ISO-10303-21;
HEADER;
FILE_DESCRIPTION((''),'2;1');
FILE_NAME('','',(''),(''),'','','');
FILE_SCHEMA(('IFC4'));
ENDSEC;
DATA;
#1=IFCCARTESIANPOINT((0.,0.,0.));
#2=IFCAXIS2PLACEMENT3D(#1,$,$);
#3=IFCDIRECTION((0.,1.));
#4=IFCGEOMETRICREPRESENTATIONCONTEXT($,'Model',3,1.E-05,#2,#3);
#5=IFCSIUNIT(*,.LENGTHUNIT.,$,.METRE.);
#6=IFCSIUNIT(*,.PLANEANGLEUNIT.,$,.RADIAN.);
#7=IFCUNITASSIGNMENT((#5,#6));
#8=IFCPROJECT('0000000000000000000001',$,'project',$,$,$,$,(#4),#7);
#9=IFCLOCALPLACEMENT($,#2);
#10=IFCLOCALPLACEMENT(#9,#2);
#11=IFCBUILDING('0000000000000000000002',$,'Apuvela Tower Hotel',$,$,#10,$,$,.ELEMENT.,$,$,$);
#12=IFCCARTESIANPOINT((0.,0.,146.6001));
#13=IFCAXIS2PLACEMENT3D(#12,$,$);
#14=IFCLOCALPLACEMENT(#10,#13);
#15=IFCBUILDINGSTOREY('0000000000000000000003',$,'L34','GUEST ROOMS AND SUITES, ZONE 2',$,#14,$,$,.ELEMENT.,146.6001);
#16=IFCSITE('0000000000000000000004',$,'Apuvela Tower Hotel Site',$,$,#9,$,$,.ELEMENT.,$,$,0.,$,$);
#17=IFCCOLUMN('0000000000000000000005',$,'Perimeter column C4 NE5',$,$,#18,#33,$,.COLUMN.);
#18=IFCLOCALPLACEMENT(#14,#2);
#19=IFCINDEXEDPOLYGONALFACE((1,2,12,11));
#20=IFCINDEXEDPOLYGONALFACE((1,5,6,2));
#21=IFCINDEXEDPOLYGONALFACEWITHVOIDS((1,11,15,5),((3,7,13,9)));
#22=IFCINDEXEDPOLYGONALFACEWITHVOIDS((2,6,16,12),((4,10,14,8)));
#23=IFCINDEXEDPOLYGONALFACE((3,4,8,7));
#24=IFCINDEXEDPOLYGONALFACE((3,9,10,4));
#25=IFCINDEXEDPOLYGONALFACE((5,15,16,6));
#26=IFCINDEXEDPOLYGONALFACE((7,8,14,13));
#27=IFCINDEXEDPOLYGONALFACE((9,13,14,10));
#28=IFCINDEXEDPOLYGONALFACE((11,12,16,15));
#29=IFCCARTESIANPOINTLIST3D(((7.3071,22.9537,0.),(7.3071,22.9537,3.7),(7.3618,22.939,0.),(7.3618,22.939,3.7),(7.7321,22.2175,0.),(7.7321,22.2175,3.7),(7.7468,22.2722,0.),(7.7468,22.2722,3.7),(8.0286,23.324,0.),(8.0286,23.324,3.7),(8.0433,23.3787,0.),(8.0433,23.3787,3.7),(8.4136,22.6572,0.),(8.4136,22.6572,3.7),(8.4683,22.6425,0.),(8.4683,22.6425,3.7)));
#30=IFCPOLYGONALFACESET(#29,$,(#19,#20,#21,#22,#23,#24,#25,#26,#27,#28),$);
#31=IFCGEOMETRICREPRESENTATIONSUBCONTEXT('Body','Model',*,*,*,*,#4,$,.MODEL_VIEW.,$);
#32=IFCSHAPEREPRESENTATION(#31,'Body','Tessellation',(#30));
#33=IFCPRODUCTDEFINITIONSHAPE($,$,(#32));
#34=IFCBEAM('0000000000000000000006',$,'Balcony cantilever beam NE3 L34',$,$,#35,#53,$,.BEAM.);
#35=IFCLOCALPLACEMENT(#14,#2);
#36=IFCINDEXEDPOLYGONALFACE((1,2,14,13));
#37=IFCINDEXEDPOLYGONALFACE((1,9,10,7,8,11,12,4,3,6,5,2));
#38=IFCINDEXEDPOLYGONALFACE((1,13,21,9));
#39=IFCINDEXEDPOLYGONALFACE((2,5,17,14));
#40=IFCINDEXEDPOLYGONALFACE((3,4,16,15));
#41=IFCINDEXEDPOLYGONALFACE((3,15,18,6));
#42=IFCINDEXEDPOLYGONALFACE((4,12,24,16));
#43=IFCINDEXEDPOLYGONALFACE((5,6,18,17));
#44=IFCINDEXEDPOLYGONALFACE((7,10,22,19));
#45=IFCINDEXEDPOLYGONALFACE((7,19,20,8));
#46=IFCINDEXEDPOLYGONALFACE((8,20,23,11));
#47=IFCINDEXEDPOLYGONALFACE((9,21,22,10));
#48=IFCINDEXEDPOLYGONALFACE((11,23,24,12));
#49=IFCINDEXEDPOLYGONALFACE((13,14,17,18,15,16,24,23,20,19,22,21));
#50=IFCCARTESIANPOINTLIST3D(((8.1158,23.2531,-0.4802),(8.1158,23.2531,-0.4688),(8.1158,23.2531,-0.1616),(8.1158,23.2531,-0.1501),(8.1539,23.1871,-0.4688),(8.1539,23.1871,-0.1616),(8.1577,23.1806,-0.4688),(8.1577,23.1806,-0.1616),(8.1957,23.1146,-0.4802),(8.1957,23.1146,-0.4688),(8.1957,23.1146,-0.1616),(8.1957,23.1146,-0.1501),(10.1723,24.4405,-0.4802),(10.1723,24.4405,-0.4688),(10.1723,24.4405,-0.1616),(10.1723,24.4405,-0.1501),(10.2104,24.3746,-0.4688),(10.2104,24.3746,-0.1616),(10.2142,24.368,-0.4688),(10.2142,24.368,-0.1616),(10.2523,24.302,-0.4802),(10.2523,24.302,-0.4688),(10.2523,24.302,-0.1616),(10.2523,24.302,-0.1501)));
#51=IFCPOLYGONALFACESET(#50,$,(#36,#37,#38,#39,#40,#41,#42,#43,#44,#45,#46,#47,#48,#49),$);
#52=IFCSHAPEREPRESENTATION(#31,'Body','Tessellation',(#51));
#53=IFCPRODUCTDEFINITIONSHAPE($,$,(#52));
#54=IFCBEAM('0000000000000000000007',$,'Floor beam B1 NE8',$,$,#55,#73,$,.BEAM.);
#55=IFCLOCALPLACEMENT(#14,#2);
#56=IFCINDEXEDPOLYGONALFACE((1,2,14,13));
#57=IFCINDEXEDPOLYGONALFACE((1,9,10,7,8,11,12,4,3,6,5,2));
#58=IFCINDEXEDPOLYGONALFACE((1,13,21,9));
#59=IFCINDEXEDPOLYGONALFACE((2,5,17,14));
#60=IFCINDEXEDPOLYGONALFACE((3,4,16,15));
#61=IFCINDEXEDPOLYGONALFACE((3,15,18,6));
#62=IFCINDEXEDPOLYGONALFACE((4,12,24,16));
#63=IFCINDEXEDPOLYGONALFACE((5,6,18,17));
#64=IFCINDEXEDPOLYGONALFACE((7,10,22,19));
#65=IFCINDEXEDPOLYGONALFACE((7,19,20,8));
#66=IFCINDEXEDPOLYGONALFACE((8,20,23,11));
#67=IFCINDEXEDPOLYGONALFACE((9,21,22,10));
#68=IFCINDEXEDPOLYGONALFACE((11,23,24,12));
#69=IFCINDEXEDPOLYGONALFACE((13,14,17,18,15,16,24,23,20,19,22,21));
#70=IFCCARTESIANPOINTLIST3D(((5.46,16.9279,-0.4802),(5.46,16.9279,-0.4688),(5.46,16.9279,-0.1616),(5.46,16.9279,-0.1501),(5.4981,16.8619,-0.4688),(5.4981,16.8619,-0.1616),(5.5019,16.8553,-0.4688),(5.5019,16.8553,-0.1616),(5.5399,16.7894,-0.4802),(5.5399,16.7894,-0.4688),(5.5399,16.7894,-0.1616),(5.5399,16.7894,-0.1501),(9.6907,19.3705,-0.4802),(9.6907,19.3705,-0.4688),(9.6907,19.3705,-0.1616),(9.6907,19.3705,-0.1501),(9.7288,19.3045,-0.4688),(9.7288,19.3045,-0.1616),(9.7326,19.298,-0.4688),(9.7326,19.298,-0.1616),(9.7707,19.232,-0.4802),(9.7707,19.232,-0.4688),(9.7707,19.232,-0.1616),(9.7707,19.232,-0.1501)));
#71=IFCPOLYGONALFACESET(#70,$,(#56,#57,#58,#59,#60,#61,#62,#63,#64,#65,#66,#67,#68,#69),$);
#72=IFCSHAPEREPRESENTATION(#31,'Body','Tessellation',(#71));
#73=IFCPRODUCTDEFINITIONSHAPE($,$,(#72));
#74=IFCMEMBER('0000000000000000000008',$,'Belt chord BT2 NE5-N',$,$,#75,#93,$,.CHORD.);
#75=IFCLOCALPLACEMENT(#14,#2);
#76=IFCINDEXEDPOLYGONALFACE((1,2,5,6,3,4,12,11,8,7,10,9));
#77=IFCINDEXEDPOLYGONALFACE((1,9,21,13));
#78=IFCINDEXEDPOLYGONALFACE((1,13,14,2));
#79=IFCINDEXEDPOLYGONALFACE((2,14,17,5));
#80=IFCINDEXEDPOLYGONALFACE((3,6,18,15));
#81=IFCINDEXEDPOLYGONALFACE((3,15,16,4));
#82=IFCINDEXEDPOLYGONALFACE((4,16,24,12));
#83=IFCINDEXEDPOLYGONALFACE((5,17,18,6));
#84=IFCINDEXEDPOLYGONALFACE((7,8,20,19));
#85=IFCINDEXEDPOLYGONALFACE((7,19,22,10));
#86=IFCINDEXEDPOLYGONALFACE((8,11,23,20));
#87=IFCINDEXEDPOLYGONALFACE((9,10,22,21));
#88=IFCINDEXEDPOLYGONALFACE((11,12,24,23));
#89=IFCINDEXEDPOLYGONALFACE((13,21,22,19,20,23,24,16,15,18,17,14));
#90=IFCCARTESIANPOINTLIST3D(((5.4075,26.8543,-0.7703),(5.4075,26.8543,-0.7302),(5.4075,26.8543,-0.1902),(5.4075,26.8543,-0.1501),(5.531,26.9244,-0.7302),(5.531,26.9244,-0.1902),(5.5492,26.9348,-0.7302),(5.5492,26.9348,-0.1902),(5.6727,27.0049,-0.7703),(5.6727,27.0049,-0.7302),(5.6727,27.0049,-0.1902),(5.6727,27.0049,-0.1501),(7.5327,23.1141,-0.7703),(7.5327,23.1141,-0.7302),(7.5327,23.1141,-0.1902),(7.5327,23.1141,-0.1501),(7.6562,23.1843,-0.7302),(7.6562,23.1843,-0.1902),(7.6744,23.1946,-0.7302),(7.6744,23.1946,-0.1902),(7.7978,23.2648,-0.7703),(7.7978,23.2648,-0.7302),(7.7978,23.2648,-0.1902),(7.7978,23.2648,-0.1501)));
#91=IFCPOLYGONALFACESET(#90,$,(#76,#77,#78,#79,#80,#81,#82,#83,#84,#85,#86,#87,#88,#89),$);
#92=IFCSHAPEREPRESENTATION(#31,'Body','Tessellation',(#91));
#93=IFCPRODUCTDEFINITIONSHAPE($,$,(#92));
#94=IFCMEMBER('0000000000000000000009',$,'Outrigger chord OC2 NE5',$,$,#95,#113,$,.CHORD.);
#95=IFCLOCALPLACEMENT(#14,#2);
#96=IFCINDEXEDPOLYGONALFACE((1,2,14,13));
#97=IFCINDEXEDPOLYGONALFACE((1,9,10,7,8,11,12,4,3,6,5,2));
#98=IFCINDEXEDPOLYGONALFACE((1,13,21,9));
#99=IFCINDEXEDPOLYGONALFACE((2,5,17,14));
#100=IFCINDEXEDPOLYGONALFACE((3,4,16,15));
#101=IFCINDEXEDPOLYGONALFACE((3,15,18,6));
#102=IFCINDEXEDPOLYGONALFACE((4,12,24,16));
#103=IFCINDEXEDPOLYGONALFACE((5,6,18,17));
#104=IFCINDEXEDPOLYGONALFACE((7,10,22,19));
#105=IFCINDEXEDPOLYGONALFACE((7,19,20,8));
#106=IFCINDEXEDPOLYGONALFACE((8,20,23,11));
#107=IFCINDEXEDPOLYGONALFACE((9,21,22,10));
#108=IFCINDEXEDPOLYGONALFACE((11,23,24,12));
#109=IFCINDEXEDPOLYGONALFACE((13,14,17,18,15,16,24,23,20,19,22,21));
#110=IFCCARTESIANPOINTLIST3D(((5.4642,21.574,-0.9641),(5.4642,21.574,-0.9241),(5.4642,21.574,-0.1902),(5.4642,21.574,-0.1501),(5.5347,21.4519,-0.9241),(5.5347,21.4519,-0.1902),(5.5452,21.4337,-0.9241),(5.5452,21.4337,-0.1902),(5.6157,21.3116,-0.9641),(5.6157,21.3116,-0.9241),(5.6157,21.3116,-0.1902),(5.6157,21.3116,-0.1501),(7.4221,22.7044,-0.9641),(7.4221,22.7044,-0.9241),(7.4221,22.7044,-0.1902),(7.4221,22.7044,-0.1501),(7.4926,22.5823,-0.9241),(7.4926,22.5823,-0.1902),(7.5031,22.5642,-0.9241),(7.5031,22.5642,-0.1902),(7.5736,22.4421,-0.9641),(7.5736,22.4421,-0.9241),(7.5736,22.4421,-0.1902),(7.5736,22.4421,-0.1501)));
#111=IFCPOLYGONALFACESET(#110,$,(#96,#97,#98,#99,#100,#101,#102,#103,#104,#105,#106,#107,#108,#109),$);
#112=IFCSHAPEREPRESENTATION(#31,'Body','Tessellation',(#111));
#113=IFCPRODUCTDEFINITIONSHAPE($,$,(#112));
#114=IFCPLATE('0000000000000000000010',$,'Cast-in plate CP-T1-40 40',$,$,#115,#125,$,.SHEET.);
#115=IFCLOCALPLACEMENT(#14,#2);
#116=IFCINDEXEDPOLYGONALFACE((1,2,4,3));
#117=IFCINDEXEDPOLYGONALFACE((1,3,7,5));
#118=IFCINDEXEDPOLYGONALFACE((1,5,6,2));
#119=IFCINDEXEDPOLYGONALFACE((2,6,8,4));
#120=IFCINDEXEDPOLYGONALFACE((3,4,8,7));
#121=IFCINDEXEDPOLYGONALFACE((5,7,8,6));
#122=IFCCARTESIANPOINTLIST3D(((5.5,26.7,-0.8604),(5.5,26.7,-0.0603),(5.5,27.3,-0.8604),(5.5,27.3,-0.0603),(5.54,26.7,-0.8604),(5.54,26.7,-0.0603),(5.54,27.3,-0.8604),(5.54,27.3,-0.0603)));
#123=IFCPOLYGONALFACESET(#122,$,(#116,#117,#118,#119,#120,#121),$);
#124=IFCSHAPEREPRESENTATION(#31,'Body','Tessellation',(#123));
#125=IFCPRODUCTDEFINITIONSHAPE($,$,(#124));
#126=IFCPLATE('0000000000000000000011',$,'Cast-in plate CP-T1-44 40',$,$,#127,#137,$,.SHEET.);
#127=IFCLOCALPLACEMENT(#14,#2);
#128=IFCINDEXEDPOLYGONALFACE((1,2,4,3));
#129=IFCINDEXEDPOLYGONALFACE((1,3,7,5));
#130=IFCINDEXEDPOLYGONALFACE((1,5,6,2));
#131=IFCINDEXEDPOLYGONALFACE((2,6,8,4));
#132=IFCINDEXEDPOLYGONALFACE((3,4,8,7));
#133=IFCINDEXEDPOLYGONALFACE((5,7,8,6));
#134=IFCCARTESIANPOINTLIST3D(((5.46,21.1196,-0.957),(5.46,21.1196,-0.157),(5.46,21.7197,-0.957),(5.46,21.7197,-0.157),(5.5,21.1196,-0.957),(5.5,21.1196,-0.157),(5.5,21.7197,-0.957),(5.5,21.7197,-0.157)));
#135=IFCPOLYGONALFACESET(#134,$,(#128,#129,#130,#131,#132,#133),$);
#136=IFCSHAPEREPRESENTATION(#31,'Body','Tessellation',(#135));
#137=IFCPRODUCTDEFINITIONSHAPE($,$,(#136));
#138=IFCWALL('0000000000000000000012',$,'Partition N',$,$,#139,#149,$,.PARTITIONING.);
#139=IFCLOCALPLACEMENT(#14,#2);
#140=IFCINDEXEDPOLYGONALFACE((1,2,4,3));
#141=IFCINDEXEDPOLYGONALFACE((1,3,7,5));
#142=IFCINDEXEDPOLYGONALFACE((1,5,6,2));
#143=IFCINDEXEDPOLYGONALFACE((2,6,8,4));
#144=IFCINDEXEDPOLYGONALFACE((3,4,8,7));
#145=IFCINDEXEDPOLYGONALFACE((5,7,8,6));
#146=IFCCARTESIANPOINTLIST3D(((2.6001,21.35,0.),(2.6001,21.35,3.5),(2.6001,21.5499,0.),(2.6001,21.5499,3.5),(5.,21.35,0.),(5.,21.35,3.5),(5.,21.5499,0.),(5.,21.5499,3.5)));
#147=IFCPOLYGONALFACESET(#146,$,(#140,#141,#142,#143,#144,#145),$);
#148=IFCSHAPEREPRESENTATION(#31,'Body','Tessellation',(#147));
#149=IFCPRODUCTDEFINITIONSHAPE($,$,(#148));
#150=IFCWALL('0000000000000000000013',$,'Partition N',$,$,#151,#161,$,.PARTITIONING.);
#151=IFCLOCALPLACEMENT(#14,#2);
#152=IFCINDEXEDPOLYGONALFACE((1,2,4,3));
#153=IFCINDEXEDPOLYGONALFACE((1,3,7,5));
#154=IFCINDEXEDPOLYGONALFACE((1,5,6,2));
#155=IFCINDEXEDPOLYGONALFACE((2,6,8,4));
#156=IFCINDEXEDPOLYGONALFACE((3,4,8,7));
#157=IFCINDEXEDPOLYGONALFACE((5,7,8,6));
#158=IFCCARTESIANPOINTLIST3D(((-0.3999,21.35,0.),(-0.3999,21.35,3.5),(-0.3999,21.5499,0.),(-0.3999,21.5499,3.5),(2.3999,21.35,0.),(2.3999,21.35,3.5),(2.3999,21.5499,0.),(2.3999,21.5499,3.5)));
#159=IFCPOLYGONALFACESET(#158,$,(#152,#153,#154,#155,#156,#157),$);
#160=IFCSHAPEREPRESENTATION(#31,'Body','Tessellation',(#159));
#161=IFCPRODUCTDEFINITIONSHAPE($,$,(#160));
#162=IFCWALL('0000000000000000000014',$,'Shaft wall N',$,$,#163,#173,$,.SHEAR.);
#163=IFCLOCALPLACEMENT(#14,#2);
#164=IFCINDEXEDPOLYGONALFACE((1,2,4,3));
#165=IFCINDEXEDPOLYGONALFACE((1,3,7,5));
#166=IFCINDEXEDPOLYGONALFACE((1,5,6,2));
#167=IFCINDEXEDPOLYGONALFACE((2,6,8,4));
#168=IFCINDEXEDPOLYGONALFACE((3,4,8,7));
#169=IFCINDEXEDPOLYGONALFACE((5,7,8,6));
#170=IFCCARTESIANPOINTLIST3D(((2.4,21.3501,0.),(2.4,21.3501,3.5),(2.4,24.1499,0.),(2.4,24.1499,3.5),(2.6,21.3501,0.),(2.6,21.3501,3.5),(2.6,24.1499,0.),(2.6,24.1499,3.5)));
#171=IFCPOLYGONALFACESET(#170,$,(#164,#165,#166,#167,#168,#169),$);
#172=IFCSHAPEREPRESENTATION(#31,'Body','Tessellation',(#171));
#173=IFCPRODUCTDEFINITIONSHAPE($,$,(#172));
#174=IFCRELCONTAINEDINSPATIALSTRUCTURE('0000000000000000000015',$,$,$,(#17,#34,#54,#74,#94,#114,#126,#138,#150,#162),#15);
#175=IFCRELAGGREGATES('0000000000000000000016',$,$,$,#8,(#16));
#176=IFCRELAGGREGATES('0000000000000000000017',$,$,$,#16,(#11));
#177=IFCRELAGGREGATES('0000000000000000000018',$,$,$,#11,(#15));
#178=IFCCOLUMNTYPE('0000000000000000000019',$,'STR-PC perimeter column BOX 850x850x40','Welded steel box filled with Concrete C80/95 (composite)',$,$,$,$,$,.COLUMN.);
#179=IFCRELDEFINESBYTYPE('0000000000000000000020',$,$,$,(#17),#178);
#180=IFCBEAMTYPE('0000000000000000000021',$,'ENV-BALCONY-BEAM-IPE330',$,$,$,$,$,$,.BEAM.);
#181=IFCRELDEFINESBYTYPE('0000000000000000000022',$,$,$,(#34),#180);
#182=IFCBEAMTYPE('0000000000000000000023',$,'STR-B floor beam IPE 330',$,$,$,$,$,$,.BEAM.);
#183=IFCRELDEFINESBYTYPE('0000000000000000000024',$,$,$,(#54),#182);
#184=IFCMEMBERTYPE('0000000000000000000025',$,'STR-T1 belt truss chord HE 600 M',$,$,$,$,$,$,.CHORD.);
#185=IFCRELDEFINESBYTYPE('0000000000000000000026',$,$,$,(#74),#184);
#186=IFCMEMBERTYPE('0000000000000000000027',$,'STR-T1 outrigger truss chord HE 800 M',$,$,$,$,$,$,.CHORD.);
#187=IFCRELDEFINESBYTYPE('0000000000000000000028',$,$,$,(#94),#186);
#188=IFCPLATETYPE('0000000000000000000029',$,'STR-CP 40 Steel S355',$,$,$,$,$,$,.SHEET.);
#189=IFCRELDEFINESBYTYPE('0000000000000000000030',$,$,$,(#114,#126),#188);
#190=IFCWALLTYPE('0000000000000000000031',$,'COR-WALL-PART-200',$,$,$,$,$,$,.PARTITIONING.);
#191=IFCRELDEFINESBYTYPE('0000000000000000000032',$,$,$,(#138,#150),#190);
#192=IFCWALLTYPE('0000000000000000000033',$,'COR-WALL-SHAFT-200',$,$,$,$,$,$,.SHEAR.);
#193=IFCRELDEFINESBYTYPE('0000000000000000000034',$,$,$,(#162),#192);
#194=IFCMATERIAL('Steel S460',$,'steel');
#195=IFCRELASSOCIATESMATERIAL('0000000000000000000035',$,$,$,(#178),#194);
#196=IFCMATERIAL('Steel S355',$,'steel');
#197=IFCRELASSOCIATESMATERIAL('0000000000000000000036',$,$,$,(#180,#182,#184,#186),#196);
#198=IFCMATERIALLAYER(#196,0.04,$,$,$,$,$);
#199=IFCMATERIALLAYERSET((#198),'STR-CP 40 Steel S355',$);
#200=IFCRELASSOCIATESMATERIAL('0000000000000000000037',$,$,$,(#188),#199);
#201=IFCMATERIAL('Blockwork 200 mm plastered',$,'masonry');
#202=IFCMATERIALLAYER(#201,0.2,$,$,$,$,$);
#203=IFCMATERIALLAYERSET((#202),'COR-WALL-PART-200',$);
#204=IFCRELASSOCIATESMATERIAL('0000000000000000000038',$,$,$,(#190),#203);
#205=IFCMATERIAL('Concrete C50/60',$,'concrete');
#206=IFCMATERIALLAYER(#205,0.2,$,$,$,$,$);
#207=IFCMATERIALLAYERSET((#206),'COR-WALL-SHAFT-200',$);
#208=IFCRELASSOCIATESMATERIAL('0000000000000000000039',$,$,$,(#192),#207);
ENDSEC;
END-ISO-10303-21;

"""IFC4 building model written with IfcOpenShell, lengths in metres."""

from ifc_helpers import new_model, si_unit, direction, frame, frame_2d, origin, origin_2d, place, context, subcontext, project, spatial, rectangle, hollow_rectangle, i_section, extrude, material, layer, layer_set, material_profile, profile_set, type_object, element, save


model = new_model("IFC4")

# Units and contexts
model_context = context("Model", 3, precision=1e-05, world=origin(), true_north=direction((0.0, 1.0)))
body_context = subcontext(model_context, "Body", "Model", "MODEL_VIEW")
ifc_project = project(units=[si_unit("LENGTHUNIT", "METRE"), si_unit("PLANEANGLEUNIT", "RADIAN")], contexts=[model_context])

# Site, building, storey
site_placement = place(None, origin())
site = spatial("IfcSite", under=ifc_project, at=site_placement, Name="Apuvela Tower Hotel Site", CompositionType="ELEMENT", RefElevation=0.0)
building_placement = place(site_placement, origin())
building = spatial("IfcBuilding", under=site, at=building_placement, Name="Apuvela Tower Hotel", CompositionType="ELEMENT")
storey_placement = place(building_placement, frame((0.0, 0.0, 146.6001)))
storey = spatial("IfcBuildingStorey", under=building, at=storey_placement, Name="L34", Description="GUEST ROOMS AND SUITES, ZONE 2", CompositionType="ELEMENT", Elevation=146.6001)

# Column
ifc_material_1 = material(Name="Steel S460", Category="steel")
ifc_material_profile_1 = material_profile(ifc_material_1, hollow_rectangle(XDim=0.8501, YDim=0.8501, WallThickness=0.04, at=origin_2d()), Name="BOX 850x850x40")
ifc_material_2 = material(Name="Concrete C80/95", Category="concrete")
ifc_material_profile_2 = material_profile(ifc_material_2, rectangle(XDim=0.77, YDim=0.77, at=origin_2d()), Name="Concrete C80/95 infill")
ifc_profile_set_1 = profile_set([ifc_material_profile_1, ifc_material_profile_2], Name="Steel S460")
column_type = type_object("IfcColumnType", Name="STR-PC perimeter column BOX 850x850x40", Description="Welded steel box filled with Concrete C80/95 (composite)", PredefinedType="COLUMN", material=ifc_profile_set_1)
column_placement = place(storey_placement, frame((7.8877, 22.7981, 0.0), z_axis=(0.0, 0.0, 1.0), x_axis=(-0.5, 0.866025, 0.0)))
element("IfcColumn", 1, at=column_placement, inside=storey, type_object=column_type, Name="Perimeter column C4 NE5", PredefinedType="COLUMN", context=body_context, shape_type="SweptSolid", body=[
    extrude(hollow_rectangle(XDim=0.8501, YDim=0.8501, WallThickness=0.04, at=origin_2d()), origin(), (0.0, 0.0, 1.0), 3.7),
])

# Beams
ifc_material_3 = material(Name="Steel S355", Category="steel")
ifc_material_profile_3 = material_profile(ifc_material_3, i_section(OverallWidth=0.1599, OverallDepth=0.3301, WebThickness=0.0076, FlangeThickness=0.0115, at=origin_2d()), Name="IPE 330")
ifc_profile_set_2 = profile_set([ifc_material_profile_3], Name="Steel S355")
beam_type_1 = type_object("IfcBeamType", Name="ENV-BALCONY-BEAM-IPE330", PredefinedType="BEAM", material=ifc_profile_set_2)
beam_1_placement = place(storey_placement, frame((8.1558, 23.1838, -0.3152), z_axis=(0.866008, 0.500031, 0.0), x_axis=(-0.500031, 0.866008, 0.0)))
element("IfcBeam", 2, at=beam_1_placement, inside=storey, type_object=beam_type_1, Name="Balcony cantilever beam NE3 L34", PredefinedType="BEAM", context=body_context, shape_type="SweptSolid", body=[
    extrude(i_section(OverallWidth=0.1599, OverallDepth=0.3301, WebThickness=0.0076, FlangeThickness=0.0115, at=origin_2d()), origin(), (0.0, 0.0, 1.0), 2.3748),
])
ifc_material_profile_4 = material_profile(ifc_material_3, i_section(OverallWidth=0.1599, OverallDepth=0.3301, WebThickness=0.0076, FlangeThickness=0.0115, at=origin_2d()), Name="IPE 330")
ifc_profile_set_3 = profile_set([ifc_material_profile_4], Name="Steel S355")
beam_type_2 = type_object("IfcBeamType", Name="STR-B floor beam IPE 330", PredefinedType="BEAM", material=ifc_profile_set_3)
beam_2_placement = place(storey_placement, frame((9.7307, 19.3013, -0.3152), z_axis=(-0.866023, -0.500004, 0.0), x_axis=(0.500004, -0.866023, 0.0)))
element("IfcBeam", 3, at=beam_2_placement, inside=storey, type_object=beam_type_2, Name="Floor beam B1 NE8", PredefinedType="BEAM", context=body_context, shape_type="SweptSolid", body=[
    extrude(i_section(OverallWidth=0.1599, OverallDepth=0.3301, WebThickness=0.0076, FlangeThickness=0.0115, at=origin_2d()), origin(), (0.0, 0.0, 1.0), 4.8853),
])

# Members
ifc_material_profile_5 = material_profile(ifc_material_3, i_section(OverallWidth=0.3049, OverallDepth=0.6201, WebThickness=0.021, FlangeThickness=0.04, at=origin_2d()), Name="HE 600 M")
ifc_profile_set_4 = profile_set([ifc_material_profile_5], Name="Steel S355")
member_type_1 = type_object("IfcMemberType", Name="STR-T1 belt truss chord HE 600 M", PredefinedType="CHORD", material=ifc_profile_set_4)
member_1_placement = place(storey_placement, frame((7.6653, 23.1895, -0.4602), z_axis=(-0.494029, 0.869445, 0.0), x_axis=(-0.869445, -0.494029, 0.0)))
element("IfcMember", 4, at=member_1_placement, inside=storey, type_object=member_type_1, Name="Belt chord BT2 NE5-N", PredefinedType="CHORD", context=body_context, shape_type="SweptSolid", body=[
    extrude(i_section(OverallWidth=0.3049, OverallDepth=0.6201, WebThickness=0.021, FlangeThickness=0.04, at=origin_2d()), origin(), (0.0, 0.0, 1.0), 4.3018),
])
ifc_material_profile_6 = material_profile(ifc_material_3, i_section(OverallWidth=0.303, OverallDepth=0.814, WebThickness=0.021, FlangeThickness=0.04, at=origin_2d()), Name="HE 800 M")
ifc_profile_set_5 = profile_set([ifc_material_profile_6], Name="Steel S355")
member_type_2 = type_object("IfcMemberType", Name="STR-T1 outrigger truss chord HE 800 M", PredefinedType="CHORD", material=ifc_profile_set_5)
member_2_placement = place(storey_placement, frame((7.4978, 22.5732, -0.5571), z_axis=(-0.866015, -0.500018, 0.0), x_axis=(0.500018, -0.866015, 0.0)))
element("IfcMember", 5, at=member_2_placement, inside=storey, type_object=member_type_2, Name="Outrigger chord OC2 NE5", PredefinedType="CHORD", context=body_context, shape_type="SweptSolid", body=[
    extrude(i_section(OverallWidth=0.303, OverallDepth=0.814, WebThickness=0.021, FlangeThickness=0.04, at=origin_2d()), origin(), (0.0, 0.0, 1.0), 2.2607),
])

# Plates
ifc_layer_1 = layer(ifc_material_3, 0.04)
ifc_layer_set_1 = layer_set([ifc_layer_1], Name="STR-CP 40 Steel S355")
plate_type = type_object("IfcPlateType", Name="STR-CP 40 Steel S355", PredefinedType="SHEET", material=ifc_layer_set_1)
for number, where, z_axis, x_axis, name in (
    (6, (5.52, 27.0, -0.8604), (0.0, 0.0, 1.0), (1.0, 0.0, 0.0), "Cast-in plate CP-T1-40 40"),
    (7, (5.48, 21.4197, -0.957), (0.0, 0.0, 1.0), (-1.0, 0.0, 0.0), "Cast-in plate CP-T1-44 40"),
):
    element("IfcPlate", number, at=place(storey_placement, frame(where, z_axis=z_axis, x_axis=x_axis)), inside=storey, type_object=plate_type, Name=name, PredefinedType="SHEET", context=body_context, shape_type="SweptSolid", body=[
        extrude(rectangle(XDim=0.04, YDim=0.6001, at=origin_2d()), origin(), (0.0, 0.0, 1.0), 0.8),
    ])

# Walls
ifc_material_4 = material(Name="Blockwork 200 mm plastered", Category="masonry")
ifc_layer_2 = layer(ifc_material_4, 0.2)
ifc_layer_set_2 = layer_set([ifc_layer_2], Name="COR-WALL-PART-200")
wall_type_1 = type_object("IfcWallType", Name="COR-WALL-PART-200", PredefinedType="PARTITIONING", material=ifc_layer_set_2)
wall_1_placement = place(storey_placement, frame((5.0, 21.45, 0.0), z_axis=(0.0, 0.0, 1.0), x_axis=(-1.0, 0.0, 0.0)))
element("IfcWall", 8, at=wall_1_placement, inside=storey, type_object=wall_type_1, Name="Partition N", PredefinedType="PARTITIONING", context=body_context, shape_type="SweptSolid", body=[
    extrude(rectangle(XDim=2.3999, YDim=0.2, at=frame_2d((1.2, 0.0))), origin(), (0.0, 0.0, 1.0), 3.5),
])
wall_2_placement = place(storey_placement, frame((2.3999, 21.45, 0.0), z_axis=(0.0, 0.0, 1.0), x_axis=(-1.0, 0.0, 0.0)))
element("IfcWall", 9, at=wall_2_placement, inside=storey, type_object=wall_type_1, Name="Partition N", PredefinedType="PARTITIONING", context=body_context, shape_type="SweptSolid", body=[
    extrude(rectangle(XDim=2.7998, YDim=0.2, at=frame_2d((1.3999, 0.0))), origin(), (0.0, 0.0, 1.0), 3.5),
])
ifc_material_5 = material(Name="Concrete C50/60", Category="concrete")
ifc_layer_3 = layer(ifc_material_5, 0.2)
ifc_layer_set_3 = layer_set([ifc_layer_3], Name="COR-WALL-SHAFT-200")
wall_type_2 = type_object("IfcWallType", Name="COR-WALL-SHAFT-200", PredefinedType="SHEAR", material=ifc_layer_set_3)
wall_3_placement = place(storey_placement, frame((2.5, 21.3501, 0.0), z_axis=(0.0, 0.0, 1.0), x_axis=(0.0, 1.0, 0.0)))
element("IfcWall", 10, at=wall_3_placement, inside=storey, type_object=wall_type_2, Name="Shaft wall N", PredefinedType="SHEAR", context=body_context, shape_type="SweptSolid", body=[
    extrude(rectangle(XDim=2.7998, YDim=0.2, at=frame_2d((1.3999, 0.0))), origin(), (0.0, 0.0, 1.0), 3.5),
])

save(model, "model.ifc")
